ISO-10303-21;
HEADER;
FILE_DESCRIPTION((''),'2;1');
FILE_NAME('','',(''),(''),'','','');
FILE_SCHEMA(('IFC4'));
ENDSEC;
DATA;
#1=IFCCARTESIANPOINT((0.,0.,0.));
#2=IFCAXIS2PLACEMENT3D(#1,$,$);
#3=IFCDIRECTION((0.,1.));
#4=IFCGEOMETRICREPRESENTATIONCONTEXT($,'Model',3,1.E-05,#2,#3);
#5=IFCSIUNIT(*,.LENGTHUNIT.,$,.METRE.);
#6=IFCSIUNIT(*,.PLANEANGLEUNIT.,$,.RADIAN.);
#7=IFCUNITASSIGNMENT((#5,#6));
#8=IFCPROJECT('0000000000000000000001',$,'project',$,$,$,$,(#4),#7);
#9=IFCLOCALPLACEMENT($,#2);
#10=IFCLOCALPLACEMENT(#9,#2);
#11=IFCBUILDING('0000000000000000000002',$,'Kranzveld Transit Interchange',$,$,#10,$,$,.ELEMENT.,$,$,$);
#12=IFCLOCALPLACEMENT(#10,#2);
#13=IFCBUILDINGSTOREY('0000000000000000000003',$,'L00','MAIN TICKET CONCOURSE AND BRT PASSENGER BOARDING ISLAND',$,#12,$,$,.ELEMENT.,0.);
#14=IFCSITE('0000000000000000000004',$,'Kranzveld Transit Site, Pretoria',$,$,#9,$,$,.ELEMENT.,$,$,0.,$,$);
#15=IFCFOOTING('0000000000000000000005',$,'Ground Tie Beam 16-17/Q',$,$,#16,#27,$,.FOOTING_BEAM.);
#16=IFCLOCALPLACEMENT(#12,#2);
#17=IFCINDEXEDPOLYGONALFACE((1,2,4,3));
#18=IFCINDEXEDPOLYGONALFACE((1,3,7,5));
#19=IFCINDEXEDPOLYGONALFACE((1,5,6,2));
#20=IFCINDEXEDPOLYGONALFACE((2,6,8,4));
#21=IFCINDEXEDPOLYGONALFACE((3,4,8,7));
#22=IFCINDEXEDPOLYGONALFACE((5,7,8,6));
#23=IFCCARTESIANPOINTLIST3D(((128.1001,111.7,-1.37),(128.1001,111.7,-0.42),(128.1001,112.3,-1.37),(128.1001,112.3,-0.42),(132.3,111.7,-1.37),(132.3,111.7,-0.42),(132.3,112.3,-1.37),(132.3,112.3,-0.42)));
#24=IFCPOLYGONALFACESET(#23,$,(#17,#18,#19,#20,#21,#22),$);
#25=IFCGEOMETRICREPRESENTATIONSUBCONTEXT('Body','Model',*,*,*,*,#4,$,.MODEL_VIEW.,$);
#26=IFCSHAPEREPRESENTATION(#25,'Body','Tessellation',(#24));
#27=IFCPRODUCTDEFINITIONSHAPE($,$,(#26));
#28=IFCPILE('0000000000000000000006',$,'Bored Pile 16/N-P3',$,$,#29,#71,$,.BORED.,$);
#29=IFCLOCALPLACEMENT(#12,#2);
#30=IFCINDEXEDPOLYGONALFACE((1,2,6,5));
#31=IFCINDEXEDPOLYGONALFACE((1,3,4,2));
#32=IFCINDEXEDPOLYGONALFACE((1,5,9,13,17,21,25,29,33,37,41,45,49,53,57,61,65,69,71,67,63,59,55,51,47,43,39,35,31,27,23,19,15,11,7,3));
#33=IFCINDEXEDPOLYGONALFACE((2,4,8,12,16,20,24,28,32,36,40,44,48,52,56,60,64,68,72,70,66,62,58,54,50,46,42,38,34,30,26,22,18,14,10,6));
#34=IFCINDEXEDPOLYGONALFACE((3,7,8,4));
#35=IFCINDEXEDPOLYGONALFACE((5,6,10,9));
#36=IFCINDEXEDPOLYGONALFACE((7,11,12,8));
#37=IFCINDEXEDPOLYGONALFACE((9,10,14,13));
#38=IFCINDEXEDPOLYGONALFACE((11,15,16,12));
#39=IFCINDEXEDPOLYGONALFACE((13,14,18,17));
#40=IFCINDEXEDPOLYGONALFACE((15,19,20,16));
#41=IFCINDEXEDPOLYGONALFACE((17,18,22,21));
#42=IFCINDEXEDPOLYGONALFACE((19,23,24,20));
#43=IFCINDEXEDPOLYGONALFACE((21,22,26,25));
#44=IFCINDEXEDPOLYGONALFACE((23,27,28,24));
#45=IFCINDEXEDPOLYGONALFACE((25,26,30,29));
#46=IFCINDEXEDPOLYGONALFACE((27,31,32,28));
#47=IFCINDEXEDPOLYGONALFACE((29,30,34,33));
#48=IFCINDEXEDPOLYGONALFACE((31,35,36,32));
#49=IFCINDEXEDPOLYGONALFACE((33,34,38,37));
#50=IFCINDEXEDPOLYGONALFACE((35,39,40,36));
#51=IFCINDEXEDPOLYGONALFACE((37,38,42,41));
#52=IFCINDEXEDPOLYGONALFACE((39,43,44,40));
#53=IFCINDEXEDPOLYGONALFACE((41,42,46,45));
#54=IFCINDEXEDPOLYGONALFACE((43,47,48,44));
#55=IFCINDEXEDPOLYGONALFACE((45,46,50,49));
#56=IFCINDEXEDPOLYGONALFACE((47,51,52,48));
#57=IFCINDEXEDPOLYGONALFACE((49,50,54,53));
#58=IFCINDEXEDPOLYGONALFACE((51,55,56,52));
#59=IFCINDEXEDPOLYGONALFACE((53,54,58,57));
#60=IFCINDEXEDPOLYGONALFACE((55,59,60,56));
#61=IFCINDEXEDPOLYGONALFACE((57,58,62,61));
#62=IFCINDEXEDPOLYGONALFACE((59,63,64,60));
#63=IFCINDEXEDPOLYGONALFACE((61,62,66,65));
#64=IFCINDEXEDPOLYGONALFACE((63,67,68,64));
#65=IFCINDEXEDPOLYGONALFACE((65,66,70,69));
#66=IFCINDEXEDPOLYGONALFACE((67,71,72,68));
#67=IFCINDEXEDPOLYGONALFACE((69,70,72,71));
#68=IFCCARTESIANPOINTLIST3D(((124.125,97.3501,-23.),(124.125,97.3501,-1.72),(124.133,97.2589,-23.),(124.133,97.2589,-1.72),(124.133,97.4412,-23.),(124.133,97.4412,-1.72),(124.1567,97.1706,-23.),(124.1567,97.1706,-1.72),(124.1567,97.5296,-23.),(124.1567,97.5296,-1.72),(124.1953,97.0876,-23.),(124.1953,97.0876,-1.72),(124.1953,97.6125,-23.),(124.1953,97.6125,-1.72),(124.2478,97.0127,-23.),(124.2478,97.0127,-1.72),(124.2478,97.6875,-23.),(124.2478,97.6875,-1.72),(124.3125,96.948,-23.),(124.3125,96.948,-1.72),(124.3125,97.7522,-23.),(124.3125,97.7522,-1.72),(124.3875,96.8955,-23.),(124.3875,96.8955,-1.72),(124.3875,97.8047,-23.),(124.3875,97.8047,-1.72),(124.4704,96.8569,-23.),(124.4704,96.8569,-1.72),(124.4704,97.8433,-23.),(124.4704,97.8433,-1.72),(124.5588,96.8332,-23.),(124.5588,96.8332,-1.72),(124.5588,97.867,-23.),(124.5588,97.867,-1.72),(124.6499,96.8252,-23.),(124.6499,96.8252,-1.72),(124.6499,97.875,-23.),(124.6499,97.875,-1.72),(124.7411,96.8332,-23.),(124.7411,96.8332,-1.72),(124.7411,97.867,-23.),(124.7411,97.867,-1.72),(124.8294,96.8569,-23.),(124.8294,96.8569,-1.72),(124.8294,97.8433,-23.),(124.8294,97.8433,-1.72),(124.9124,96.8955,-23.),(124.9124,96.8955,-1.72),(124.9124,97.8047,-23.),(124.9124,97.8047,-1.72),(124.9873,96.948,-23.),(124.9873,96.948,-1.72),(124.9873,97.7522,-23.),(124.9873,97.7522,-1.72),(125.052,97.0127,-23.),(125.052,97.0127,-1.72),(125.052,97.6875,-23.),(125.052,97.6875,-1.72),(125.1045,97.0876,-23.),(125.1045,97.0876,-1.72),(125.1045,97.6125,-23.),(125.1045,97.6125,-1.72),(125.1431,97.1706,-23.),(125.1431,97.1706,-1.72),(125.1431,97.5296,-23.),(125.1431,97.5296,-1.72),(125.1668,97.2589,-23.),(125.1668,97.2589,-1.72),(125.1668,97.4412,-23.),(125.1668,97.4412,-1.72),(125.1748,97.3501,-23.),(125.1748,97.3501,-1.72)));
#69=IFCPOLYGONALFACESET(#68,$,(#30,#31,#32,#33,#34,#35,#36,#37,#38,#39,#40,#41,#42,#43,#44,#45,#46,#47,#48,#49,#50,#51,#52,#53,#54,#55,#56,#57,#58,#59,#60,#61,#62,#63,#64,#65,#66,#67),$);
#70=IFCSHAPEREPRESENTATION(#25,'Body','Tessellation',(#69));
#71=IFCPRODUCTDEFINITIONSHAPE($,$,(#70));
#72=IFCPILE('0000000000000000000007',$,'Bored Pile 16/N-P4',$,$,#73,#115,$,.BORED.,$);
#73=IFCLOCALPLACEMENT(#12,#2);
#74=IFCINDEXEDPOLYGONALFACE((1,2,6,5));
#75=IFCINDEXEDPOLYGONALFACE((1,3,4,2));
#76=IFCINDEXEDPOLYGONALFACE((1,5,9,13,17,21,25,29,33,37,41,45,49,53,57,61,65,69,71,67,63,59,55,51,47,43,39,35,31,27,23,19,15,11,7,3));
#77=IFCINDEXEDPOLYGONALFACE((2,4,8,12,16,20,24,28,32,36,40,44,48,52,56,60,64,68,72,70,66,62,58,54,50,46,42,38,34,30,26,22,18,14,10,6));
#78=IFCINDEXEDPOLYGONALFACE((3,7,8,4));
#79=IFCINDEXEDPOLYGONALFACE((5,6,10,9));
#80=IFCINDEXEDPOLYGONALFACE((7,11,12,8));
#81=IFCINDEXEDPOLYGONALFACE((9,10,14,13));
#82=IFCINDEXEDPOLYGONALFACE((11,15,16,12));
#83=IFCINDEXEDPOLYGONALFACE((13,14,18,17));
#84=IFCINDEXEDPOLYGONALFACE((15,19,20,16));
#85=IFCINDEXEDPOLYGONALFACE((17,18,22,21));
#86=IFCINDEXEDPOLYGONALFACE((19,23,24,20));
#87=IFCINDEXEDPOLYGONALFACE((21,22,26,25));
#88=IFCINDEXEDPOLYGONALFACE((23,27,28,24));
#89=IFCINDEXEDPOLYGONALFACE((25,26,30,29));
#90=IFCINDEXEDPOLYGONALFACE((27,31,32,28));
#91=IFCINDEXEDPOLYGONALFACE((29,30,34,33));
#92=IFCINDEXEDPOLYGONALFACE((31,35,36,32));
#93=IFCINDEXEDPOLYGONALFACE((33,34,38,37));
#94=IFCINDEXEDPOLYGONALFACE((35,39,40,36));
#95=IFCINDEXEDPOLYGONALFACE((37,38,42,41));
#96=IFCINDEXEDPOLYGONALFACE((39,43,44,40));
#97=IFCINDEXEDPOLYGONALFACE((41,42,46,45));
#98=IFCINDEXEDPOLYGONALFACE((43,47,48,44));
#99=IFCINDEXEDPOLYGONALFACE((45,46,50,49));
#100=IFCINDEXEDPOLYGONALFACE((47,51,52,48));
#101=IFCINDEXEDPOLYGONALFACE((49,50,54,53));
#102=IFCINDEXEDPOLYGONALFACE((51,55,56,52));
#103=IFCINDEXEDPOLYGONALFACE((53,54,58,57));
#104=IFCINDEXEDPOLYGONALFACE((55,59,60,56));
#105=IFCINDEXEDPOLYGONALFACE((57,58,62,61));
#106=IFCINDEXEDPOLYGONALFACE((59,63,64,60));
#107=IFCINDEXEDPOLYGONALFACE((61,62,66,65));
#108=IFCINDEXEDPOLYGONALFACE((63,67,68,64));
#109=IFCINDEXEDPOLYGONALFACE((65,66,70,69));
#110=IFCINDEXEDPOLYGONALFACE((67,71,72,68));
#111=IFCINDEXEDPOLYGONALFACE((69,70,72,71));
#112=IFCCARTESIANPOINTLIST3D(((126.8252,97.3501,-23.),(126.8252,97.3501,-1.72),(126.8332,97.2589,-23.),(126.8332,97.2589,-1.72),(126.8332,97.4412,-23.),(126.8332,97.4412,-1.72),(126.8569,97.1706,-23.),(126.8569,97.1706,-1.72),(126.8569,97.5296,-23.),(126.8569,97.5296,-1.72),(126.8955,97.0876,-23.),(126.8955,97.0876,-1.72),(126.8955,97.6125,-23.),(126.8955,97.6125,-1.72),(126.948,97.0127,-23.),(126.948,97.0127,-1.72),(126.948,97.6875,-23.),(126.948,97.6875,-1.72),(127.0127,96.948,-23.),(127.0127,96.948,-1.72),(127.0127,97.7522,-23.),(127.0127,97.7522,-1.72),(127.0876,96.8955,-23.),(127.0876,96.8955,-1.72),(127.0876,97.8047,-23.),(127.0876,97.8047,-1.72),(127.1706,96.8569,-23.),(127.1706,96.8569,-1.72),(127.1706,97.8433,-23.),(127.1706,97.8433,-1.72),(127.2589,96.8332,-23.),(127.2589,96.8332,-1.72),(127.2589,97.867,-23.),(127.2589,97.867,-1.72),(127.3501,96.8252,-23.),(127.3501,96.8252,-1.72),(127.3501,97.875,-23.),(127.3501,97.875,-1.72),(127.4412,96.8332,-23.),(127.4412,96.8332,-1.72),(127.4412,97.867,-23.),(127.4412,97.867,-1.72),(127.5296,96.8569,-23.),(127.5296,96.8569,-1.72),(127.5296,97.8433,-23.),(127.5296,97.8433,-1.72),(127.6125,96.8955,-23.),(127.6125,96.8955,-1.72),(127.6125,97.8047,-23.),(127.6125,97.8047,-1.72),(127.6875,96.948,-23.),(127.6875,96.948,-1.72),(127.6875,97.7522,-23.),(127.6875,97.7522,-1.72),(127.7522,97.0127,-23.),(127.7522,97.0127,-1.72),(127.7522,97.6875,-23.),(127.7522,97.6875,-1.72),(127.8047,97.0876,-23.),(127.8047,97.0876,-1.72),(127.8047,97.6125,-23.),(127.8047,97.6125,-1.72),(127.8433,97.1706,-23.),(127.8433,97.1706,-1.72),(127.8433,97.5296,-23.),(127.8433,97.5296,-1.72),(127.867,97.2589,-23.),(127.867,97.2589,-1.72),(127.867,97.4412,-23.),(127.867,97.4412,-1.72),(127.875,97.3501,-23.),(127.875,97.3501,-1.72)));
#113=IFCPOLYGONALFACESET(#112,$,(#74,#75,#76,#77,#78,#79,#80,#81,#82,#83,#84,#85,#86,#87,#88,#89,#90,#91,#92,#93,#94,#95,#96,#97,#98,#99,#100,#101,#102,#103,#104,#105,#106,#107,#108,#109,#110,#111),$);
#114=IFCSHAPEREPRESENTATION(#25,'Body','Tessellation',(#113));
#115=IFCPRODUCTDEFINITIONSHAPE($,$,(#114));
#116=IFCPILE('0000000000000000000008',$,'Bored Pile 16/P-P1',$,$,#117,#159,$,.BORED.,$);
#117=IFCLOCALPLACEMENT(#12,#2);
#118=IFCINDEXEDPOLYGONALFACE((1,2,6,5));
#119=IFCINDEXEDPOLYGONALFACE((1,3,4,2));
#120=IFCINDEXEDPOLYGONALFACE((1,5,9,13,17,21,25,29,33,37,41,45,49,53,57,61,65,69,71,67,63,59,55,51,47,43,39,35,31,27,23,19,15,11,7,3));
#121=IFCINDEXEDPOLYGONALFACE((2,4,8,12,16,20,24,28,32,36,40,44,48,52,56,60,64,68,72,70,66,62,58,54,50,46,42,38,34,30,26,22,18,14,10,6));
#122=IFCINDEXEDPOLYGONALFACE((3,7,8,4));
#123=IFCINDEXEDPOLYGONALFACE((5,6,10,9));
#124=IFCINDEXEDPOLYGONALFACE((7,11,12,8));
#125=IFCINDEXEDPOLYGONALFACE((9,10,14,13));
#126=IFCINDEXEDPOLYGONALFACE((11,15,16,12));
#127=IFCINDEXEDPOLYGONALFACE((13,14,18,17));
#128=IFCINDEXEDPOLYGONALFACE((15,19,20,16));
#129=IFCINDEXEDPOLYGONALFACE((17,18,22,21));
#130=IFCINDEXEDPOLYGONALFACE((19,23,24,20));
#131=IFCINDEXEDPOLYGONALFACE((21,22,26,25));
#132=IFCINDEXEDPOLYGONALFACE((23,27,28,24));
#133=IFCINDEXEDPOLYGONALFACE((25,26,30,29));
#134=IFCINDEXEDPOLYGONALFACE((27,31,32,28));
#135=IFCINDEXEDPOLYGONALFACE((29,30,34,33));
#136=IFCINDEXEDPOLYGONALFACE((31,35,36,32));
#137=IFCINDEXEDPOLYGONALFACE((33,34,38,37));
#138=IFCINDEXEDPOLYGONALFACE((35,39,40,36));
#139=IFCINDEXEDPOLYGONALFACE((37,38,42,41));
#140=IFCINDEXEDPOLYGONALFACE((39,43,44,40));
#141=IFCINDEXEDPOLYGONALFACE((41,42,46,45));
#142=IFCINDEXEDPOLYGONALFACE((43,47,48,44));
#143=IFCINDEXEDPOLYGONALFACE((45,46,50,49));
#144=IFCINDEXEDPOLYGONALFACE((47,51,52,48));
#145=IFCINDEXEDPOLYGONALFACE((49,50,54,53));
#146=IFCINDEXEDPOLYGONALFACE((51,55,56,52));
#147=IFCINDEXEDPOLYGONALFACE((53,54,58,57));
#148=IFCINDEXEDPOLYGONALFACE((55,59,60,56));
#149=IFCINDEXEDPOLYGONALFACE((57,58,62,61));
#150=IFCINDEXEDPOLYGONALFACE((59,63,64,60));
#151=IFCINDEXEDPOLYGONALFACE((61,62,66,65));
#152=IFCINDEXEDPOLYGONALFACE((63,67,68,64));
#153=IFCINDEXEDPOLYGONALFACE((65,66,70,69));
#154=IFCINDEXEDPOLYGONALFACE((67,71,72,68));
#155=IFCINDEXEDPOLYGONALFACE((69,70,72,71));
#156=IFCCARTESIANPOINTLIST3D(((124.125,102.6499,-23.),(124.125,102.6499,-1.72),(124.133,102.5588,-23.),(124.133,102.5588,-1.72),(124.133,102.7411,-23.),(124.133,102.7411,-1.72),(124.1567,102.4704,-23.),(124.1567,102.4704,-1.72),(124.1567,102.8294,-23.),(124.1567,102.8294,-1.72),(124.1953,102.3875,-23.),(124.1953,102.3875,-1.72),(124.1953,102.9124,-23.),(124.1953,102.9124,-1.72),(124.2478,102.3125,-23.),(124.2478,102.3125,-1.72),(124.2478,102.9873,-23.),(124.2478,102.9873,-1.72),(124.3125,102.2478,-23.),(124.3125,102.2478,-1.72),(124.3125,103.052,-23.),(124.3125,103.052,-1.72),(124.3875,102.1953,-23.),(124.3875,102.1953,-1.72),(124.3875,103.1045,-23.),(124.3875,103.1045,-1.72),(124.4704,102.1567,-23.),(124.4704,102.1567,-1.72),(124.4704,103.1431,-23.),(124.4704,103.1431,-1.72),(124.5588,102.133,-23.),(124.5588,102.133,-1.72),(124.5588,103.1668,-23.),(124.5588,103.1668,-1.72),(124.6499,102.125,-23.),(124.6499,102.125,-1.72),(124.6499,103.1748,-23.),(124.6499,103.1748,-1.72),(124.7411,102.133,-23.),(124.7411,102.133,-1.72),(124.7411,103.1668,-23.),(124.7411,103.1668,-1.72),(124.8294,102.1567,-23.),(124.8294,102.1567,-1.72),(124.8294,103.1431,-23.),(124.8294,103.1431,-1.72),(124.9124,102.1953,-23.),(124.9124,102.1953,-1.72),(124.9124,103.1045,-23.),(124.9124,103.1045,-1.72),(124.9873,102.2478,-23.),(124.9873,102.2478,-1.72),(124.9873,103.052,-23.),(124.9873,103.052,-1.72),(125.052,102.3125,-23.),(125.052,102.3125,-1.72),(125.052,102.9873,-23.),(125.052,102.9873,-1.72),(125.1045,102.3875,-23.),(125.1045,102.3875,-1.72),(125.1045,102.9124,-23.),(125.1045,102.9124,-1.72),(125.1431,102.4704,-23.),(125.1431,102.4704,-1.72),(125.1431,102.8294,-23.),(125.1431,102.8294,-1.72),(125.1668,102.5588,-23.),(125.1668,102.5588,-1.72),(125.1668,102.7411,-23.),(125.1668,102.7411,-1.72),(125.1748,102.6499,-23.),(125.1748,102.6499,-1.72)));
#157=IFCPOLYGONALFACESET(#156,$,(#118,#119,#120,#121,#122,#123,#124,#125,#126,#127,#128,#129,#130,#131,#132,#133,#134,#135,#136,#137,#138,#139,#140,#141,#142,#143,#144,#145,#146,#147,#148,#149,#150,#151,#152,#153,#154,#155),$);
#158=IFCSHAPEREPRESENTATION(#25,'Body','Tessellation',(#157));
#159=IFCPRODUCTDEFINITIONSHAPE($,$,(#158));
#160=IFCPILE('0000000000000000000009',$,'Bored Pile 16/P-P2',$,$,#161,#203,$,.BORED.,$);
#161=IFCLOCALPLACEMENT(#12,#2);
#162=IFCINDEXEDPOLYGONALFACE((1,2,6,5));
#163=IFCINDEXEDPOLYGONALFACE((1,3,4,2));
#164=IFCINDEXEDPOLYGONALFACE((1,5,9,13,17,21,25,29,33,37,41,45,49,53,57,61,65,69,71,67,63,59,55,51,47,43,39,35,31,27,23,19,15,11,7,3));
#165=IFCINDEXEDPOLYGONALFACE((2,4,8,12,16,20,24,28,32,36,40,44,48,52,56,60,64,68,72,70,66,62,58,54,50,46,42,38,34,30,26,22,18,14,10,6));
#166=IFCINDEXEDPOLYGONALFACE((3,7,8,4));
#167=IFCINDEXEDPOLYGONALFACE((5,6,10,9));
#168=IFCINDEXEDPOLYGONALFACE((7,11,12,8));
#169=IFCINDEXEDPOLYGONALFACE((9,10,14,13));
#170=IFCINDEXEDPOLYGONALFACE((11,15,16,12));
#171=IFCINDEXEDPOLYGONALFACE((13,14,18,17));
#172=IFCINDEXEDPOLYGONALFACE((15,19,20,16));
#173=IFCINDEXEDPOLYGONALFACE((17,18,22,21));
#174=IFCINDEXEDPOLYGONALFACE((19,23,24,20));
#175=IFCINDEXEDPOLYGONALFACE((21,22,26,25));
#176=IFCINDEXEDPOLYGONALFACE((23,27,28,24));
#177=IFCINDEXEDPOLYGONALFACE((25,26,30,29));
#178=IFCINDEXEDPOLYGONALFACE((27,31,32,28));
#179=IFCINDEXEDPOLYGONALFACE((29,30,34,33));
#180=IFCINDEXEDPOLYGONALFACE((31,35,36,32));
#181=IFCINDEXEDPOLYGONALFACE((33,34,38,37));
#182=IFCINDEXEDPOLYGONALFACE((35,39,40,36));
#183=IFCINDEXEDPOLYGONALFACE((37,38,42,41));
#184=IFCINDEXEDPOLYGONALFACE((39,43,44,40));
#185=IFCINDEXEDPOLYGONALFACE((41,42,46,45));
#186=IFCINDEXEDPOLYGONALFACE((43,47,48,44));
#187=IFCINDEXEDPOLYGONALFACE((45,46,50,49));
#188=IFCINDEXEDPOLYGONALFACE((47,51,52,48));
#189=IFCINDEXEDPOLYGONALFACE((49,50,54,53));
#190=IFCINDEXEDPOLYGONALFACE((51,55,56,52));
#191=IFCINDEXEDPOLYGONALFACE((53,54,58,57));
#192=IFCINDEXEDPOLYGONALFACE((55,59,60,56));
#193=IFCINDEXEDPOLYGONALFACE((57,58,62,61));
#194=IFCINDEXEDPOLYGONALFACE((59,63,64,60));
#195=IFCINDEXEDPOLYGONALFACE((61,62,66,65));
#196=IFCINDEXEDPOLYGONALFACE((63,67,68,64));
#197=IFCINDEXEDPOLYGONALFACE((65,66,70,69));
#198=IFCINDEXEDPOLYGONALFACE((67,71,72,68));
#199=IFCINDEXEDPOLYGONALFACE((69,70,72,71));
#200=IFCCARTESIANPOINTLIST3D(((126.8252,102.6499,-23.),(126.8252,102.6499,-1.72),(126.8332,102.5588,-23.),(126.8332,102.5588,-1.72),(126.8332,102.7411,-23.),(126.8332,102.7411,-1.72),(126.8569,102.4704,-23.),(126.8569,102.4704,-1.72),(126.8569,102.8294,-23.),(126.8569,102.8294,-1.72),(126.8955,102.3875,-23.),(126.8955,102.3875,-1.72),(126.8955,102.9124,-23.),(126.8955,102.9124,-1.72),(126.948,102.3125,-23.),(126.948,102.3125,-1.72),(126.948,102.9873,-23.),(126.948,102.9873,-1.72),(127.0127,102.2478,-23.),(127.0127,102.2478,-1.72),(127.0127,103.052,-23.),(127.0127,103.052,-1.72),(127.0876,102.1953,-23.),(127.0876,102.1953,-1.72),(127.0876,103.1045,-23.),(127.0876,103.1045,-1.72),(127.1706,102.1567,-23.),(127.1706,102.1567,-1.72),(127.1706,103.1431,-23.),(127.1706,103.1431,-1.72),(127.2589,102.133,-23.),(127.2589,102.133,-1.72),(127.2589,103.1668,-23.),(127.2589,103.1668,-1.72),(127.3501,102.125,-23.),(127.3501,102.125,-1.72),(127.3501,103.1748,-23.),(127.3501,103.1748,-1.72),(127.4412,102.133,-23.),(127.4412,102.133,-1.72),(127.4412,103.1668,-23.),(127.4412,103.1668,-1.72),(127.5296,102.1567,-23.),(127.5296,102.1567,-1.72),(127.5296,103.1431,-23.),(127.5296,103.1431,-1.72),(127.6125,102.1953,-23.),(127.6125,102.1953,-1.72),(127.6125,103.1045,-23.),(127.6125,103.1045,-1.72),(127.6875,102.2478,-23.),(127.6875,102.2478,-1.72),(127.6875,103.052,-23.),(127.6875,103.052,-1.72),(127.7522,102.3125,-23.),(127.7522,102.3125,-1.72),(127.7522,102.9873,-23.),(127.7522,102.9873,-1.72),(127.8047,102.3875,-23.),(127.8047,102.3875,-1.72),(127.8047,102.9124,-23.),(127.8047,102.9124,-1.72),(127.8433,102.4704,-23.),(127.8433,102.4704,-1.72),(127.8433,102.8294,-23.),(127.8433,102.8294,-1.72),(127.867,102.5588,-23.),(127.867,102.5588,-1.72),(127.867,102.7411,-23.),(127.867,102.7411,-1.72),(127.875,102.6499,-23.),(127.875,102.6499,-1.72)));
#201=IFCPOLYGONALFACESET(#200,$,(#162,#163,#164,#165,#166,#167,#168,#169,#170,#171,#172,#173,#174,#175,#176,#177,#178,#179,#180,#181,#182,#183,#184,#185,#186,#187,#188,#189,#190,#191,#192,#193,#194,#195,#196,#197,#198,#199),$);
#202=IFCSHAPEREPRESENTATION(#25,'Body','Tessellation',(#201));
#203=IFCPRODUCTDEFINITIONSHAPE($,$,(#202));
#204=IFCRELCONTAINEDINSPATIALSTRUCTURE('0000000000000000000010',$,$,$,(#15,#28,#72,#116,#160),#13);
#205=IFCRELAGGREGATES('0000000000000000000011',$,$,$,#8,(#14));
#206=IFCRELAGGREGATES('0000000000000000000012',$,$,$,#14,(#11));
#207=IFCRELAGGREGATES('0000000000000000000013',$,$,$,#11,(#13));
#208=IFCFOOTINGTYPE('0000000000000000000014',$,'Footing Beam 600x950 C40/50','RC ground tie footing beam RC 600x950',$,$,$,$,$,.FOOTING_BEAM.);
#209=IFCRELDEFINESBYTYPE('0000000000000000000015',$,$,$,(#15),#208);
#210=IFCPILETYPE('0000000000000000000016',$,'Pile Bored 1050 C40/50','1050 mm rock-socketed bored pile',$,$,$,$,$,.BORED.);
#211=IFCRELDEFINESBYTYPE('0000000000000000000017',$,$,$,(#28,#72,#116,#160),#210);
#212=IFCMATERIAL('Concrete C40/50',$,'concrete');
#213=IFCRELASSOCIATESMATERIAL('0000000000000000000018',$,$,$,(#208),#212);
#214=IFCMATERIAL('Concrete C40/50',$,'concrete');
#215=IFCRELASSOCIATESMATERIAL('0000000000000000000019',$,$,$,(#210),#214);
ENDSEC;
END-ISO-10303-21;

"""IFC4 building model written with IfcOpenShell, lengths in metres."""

from ifc_helpers import new_model, si_unit, direction, frame, origin, origin_2d, place, context, subcontext, project, spatial, rectangle, circle, extrude, material, material_profile, profile_set, type_object, element, save


model = new_model("IFC4")

# Units and contexts
model_context = context("Model", 3, precision=1e-05, world=origin(), true_north=direction((0.0, 1.0)))
body_context = subcontext(model_context, "Body", "Model", "MODEL_VIEW")
ifc_project = project(units=[si_unit("LENGTHUNIT", "METRE"), si_unit("PLANEANGLEUNIT", "RADIAN")], contexts=[model_context])

# Site, building, storey
site_placement = place(None, origin())
site = spatial("IfcSite", under=ifc_project, at=site_placement, Name="Kranzveld Transit Site, Pretoria", CompositionType="ELEMENT", RefElevation=0.0)
building_placement = place(site_placement, origin())
building = spatial("IfcBuilding", under=site, at=building_placement, Name="Kranzveld Transit Interchange", CompositionType="ELEMENT")
storey_placement = place(building_placement, origin())
storey = spatial("IfcBuildingStorey", under=building, at=storey_placement, Name="L00", Description="MAIN TICKET CONCOURSE AND BRT PASSENGER BOARDING ISLAND", CompositionType="ELEMENT", Elevation=0.0)

# Footing
ifc_material_1 = material(Name="Concrete C40/50", Category="concrete")
ifc_material_profile_1 = material_profile(ifc_material_1, rectangle(XDim=0.6001, YDim=0.95, at=origin_2d()), Name="RC 600x950")
ifc_profile_set_1 = profile_set([ifc_material_profile_1], Name="Concrete C40/50")
footing_type_1 = type_object("IfcFootingType", Name="Footing Beam 600x950 C40/50", Description="RC ground tie footing beam RC 600x950", PredefinedType="FOOTING_BEAM", material=ifc_profile_set_1)
footing_placement = place(storey_placement, frame((128.1001, 112.0, -0.895), z_axis=(1.0, 0.0, 0.0), x_axis=(0.0, 1.0, 0.0)))
element("IfcFooting", 1, at=footing_placement, inside=storey, type_object=footing_type_1, Name="Ground Tie Beam 16-17/Q", PredefinedType="FOOTING_BEAM", context=body_context, shape_type="SweptSolid", body=[
    extrude(rectangle(XDim=0.6001, YDim=0.95, at=origin_2d()), origin(), (0.0, 0.0, 1.0), 4.2),
])

# Piles
ifc_material_2 = material(Name="Concrete C40/50", Category="concrete")
ifc_material_profile_2 = material_profile(ifc_material_2, circle(Radius=0.5249, at=origin_2d()), Name="BORED PILE 1050")
ifc_profile_set_2 = profile_set([ifc_material_profile_2], Name="Concrete C40/50")
pile_type = type_object("IfcPileType", Name="Pile Bored 1050 C40/50", Description="1050 mm rock-socketed bored pile", PredefinedType="BORED", material=ifc_profile_set_2)
for number, where, z_axis, x_axis, name in (
    (2, (124.6499, 97.3501, -1.72), (0.0, 0.0, -1.0), (1.0, 0.0, 0.0), "Bored Pile 16/N-P3"),
    (3, (127.3501, 97.3501, -1.72), (0.0, 0.0, -1.0), (1.0, 0.0, 0.0), "Bored Pile 16/N-P4"),
    (4, (124.6499, 102.6499, -1.72), (0.0, 0.0, -1.0), (1.0, 0.0, 0.0), "Bored Pile 16/P-P1"),
    (5, (127.3501, 102.6499, -1.72), (0.0, 0.0, -1.0), (1.0, 0.0, 0.0), "Bored Pile 16/P-P2"),
):
    element("IfcPile", number, at=place(storey_placement, frame(where, z_axis=z_axis, x_axis=x_axis)), inside=storey, type_object=pile_type, Name=name, PredefinedType="BORED", context=body_context, shape_type="SweptSolid", body=[
        extrude(circle(Radius=0.5249, at=origin_2d()), origin(), (0.0, 0.0, 1.0), 21.28),
    ])

save(model, "model.ifc")
